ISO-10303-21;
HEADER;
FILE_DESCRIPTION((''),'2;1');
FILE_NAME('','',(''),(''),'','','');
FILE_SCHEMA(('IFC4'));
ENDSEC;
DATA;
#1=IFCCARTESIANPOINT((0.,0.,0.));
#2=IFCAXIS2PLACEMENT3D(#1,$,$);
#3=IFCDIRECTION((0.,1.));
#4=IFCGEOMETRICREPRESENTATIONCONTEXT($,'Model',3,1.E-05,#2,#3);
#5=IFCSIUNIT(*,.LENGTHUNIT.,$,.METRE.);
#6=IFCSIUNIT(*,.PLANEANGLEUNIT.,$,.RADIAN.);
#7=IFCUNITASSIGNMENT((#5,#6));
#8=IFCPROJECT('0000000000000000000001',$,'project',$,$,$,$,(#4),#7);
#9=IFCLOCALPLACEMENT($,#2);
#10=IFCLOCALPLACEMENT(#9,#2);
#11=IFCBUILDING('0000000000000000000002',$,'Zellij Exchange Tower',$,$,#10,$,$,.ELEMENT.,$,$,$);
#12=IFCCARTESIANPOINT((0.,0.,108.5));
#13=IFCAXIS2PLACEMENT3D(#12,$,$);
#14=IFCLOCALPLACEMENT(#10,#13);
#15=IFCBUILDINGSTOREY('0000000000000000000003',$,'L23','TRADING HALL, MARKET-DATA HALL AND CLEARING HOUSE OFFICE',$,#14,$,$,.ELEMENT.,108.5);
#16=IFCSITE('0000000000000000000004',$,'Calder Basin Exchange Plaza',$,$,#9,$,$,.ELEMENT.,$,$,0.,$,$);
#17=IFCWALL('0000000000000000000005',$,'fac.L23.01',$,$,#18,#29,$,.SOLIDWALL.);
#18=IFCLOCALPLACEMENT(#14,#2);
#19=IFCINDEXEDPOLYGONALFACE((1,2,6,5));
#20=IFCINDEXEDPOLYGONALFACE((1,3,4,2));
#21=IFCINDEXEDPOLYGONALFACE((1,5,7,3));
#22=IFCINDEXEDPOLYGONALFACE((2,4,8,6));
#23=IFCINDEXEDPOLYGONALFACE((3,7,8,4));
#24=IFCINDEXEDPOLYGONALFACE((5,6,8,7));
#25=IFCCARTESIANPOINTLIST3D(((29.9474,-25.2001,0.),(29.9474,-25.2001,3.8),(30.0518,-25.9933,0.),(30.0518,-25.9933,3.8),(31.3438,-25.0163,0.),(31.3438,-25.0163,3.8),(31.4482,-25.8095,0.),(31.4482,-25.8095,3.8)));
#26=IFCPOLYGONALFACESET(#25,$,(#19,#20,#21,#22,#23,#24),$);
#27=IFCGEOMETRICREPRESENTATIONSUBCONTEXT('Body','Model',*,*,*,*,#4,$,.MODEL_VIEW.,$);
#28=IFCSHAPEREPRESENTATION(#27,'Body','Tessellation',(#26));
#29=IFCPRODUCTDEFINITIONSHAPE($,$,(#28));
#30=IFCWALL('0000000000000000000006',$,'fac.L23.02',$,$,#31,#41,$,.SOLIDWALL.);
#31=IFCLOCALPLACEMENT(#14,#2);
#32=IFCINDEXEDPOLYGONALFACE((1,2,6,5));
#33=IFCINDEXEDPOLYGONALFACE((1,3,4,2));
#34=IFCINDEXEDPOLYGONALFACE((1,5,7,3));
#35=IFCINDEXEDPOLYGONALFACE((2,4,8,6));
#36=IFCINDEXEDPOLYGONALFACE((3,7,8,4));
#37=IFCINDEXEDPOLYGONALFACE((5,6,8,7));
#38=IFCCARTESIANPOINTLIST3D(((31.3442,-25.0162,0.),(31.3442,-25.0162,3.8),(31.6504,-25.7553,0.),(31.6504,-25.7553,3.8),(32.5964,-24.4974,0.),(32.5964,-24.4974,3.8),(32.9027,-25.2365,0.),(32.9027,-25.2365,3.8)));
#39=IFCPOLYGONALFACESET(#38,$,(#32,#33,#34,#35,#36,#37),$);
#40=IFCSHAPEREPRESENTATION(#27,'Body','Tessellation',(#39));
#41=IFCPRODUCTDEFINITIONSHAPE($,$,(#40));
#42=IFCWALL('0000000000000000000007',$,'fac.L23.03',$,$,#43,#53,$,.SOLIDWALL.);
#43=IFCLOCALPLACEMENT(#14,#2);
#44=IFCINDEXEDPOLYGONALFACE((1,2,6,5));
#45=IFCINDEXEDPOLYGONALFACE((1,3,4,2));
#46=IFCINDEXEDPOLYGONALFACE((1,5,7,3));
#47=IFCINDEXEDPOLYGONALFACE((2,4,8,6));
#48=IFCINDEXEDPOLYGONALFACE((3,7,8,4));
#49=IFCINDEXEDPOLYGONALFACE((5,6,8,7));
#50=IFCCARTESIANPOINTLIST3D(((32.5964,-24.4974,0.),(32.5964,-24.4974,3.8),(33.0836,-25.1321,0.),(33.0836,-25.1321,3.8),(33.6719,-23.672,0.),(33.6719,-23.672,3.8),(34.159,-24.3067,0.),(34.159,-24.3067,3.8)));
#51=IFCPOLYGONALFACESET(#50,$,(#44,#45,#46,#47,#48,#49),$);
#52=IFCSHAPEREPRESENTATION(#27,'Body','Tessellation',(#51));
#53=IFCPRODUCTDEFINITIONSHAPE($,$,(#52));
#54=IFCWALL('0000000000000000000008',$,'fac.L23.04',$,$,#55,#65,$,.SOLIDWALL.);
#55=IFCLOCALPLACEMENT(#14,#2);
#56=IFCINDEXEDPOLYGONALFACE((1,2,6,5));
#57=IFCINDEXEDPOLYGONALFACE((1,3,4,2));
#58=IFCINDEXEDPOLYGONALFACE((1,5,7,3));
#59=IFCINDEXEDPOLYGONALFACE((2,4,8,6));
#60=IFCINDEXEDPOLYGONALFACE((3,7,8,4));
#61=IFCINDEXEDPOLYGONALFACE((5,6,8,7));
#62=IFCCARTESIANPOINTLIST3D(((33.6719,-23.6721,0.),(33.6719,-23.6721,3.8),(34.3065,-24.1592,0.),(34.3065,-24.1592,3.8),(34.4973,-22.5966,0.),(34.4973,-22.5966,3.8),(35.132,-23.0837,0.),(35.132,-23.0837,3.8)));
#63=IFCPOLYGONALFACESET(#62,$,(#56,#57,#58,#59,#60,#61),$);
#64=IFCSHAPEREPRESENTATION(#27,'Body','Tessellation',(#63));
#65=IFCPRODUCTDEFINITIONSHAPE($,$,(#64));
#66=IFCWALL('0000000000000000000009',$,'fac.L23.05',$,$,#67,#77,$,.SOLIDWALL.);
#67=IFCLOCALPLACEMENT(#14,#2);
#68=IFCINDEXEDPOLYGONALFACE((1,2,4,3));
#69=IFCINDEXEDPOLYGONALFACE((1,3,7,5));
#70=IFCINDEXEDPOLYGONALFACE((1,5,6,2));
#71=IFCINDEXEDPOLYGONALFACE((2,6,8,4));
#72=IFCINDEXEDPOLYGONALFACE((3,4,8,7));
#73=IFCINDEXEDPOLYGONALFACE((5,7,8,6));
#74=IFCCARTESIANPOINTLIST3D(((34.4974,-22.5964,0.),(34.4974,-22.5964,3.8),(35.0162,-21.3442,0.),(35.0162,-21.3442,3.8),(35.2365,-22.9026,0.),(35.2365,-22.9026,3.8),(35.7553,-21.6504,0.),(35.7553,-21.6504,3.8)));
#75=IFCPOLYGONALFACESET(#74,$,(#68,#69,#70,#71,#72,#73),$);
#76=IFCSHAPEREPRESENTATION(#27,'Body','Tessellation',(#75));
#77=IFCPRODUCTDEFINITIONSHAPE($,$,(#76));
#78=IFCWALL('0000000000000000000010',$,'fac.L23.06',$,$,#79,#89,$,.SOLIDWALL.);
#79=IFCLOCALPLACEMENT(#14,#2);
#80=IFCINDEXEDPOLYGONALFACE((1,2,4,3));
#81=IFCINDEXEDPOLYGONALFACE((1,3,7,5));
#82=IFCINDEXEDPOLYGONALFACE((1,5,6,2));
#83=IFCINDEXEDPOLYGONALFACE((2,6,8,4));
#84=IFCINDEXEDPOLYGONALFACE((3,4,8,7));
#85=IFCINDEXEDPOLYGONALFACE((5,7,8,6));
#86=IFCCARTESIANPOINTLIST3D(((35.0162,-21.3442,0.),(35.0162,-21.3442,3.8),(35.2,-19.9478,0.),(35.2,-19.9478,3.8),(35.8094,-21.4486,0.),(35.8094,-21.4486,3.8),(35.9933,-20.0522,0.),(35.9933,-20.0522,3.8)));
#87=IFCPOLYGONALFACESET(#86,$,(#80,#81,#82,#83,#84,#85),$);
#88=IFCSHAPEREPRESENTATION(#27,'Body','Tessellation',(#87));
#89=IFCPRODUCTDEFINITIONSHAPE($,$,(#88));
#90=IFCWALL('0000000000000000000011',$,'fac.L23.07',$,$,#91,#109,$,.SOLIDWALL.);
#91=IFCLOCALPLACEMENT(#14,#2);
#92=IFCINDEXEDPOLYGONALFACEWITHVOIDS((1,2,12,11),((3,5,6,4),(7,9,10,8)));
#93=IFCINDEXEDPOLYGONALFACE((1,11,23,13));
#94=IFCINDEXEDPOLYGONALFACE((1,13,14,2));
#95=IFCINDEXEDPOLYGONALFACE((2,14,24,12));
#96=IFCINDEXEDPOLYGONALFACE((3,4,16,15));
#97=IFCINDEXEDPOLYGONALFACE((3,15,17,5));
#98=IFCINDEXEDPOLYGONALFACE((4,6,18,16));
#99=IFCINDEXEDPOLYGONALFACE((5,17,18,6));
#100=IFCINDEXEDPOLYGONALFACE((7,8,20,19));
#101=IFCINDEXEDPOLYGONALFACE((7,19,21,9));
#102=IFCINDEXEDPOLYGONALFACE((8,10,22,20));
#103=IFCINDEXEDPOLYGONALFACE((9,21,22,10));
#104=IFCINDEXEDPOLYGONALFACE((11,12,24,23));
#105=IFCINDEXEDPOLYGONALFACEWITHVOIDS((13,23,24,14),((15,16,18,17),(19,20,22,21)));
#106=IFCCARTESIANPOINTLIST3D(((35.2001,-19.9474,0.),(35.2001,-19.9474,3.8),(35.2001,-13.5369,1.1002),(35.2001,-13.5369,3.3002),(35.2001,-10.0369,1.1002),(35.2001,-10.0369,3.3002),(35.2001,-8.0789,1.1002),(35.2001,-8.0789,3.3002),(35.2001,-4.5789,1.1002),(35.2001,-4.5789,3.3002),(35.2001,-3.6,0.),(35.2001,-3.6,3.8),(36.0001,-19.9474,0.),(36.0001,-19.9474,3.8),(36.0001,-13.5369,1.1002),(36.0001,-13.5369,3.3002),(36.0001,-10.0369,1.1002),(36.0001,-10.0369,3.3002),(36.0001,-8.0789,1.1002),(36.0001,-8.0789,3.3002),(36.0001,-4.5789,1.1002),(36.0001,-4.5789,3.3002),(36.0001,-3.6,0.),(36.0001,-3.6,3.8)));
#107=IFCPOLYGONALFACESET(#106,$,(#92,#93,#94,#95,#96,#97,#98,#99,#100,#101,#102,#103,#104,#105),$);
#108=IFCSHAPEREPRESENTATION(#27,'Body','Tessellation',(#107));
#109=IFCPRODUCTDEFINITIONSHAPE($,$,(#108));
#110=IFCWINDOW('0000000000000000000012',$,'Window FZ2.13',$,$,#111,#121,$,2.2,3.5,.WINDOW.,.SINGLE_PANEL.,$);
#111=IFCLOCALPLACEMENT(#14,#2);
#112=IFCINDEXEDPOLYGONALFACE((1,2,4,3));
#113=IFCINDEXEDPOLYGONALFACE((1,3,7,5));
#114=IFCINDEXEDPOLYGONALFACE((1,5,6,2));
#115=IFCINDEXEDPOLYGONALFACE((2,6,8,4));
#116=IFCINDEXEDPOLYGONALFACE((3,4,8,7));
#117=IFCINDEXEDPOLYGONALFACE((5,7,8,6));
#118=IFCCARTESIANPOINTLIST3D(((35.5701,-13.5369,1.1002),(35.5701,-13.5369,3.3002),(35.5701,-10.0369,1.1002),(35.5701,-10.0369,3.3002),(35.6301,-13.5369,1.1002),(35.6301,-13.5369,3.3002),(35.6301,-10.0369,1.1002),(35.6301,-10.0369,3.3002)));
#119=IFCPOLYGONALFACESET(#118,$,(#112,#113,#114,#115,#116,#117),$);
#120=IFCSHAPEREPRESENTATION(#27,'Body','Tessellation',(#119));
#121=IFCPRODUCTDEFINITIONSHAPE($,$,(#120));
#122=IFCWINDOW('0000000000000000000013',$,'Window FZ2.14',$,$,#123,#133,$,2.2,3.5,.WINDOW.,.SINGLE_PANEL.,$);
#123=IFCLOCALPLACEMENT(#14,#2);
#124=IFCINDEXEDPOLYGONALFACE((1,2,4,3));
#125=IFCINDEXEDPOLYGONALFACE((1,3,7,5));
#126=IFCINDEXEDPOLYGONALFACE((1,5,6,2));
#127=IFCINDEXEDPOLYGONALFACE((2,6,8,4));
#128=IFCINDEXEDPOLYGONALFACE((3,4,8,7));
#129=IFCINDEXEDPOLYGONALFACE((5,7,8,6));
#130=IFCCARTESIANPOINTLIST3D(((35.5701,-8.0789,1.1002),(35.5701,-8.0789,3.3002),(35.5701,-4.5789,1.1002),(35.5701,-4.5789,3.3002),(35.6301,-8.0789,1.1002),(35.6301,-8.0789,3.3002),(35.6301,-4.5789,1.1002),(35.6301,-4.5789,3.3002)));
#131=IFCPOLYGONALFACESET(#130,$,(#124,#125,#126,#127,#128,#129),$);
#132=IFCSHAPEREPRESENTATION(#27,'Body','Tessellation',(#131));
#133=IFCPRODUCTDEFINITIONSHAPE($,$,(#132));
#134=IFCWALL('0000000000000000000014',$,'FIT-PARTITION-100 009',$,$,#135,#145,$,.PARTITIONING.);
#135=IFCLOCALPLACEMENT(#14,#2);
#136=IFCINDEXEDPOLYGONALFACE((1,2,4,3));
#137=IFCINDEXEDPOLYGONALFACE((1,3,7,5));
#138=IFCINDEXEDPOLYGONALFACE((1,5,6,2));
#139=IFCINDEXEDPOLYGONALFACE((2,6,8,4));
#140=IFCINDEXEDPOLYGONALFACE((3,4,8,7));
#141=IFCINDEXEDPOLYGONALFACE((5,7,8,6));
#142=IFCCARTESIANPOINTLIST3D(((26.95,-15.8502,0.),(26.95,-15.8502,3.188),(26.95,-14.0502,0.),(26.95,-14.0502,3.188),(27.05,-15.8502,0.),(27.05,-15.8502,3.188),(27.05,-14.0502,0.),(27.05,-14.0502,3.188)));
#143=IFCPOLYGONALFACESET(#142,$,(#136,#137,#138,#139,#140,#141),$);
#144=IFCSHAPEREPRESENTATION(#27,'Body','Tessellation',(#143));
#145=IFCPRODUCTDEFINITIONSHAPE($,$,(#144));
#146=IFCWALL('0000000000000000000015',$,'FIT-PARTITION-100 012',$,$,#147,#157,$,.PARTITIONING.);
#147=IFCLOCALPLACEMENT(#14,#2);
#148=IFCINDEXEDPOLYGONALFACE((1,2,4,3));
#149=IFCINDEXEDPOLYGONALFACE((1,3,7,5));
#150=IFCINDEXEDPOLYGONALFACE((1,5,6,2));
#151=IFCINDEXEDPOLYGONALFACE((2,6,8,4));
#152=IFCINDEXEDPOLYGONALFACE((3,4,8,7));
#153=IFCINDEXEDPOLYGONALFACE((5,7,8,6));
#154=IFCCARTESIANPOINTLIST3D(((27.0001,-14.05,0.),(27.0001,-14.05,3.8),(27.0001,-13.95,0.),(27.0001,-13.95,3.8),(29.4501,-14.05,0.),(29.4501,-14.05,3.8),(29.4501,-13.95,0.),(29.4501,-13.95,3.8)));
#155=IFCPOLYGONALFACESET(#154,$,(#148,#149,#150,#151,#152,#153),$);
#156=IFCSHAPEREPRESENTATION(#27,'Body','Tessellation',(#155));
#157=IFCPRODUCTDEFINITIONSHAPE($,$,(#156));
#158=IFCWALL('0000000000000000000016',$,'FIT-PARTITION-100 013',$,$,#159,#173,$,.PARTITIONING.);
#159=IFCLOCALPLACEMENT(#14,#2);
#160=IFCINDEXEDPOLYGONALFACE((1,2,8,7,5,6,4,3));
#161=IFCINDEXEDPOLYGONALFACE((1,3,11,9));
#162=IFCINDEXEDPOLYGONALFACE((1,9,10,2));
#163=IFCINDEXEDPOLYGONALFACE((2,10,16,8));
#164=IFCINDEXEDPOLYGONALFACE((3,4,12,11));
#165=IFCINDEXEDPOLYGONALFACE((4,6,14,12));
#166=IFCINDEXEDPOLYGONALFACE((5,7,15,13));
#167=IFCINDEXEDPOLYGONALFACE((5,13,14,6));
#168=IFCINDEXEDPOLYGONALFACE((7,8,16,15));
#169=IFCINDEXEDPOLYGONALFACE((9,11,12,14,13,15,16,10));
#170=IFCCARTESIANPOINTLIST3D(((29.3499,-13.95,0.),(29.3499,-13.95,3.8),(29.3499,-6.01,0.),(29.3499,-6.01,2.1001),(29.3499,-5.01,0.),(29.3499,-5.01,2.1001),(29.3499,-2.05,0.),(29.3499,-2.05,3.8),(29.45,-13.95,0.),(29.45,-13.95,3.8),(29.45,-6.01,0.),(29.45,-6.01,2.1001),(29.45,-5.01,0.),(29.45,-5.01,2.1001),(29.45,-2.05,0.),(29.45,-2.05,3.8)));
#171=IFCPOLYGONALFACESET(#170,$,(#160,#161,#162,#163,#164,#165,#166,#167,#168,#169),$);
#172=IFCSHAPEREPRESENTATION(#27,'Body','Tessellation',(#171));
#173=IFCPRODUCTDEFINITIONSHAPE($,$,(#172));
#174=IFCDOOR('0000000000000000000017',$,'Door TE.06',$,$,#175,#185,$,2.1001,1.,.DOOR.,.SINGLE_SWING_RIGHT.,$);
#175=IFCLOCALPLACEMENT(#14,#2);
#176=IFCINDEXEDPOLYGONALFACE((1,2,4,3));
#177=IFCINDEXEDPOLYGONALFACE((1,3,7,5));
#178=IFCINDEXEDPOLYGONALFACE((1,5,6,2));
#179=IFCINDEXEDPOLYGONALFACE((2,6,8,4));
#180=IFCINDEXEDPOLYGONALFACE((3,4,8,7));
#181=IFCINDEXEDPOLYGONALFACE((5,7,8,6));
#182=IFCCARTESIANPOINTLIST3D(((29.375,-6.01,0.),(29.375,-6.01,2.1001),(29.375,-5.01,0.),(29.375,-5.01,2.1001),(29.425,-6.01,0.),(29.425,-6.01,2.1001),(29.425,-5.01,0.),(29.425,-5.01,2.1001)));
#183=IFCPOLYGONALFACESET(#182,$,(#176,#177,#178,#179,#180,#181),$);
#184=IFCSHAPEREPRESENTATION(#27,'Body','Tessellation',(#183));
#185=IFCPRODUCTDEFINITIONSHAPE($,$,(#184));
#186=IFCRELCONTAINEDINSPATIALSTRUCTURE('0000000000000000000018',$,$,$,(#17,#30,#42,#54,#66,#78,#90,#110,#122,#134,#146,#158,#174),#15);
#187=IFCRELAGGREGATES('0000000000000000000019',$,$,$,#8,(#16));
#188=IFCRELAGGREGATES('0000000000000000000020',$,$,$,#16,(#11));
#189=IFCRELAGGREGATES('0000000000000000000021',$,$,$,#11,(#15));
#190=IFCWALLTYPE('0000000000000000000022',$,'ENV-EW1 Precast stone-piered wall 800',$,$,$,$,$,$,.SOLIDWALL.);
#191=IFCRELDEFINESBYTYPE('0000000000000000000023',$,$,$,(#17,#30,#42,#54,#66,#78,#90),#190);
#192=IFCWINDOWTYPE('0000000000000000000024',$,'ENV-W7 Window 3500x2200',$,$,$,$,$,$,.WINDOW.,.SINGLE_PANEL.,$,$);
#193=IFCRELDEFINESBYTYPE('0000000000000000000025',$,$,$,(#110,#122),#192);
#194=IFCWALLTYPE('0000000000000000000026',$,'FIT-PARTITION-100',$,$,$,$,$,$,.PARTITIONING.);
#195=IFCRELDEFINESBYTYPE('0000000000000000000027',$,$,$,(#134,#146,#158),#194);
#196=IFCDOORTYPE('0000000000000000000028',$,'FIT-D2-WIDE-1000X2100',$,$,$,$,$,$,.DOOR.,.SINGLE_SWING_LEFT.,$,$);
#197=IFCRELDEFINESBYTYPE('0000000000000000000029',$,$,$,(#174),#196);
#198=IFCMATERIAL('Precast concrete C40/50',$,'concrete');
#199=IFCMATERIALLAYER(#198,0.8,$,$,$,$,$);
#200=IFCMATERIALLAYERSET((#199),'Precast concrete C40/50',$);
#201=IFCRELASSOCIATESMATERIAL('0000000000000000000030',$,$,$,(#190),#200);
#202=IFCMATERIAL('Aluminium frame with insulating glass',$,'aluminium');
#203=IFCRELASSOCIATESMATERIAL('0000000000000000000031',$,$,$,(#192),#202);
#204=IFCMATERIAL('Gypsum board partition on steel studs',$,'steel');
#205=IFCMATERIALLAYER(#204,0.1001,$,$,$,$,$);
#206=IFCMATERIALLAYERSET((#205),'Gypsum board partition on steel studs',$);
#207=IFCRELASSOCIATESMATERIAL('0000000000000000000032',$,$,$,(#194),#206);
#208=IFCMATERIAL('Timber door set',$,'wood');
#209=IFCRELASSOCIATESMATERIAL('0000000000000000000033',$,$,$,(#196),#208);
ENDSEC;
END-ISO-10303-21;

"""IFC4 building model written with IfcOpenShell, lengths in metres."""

from ifc_helpers import new_model, si_unit, direction, frame, frame_2d, origin, place, context, subcontext, project, spatial, rectangle, extrude, material, layer, layer_set, type_object, element, fill, save


model = new_model("IFC4")

# Units and contexts
model_context = context("Model", 3, precision=1e-05, world=origin(), true_north=direction((0.0, 1.0)))
body_context = subcontext(model_context, "Body", "Model", "MODEL_VIEW")
ifc_project = project(units=[si_unit("LENGTHUNIT", "METRE"), si_unit("PLANEANGLEUNIT", "RADIAN")], contexts=[model_context])

# Site, building, storey
site_placement = place(None, origin())
site = spatial("IfcSite", under=ifc_project, at=site_placement, Name="Calder Basin Exchange Plaza", CompositionType="ELEMENT", RefElevation=0.0)
building_placement = place(site_placement, origin())
building = spatial("IfcBuilding", under=site, at=building_placement, Name="Zellij Exchange Tower", CompositionType="ELEMENT")
storey_placement = place(building_placement, frame((0.0, 0.0, 108.5)))
storey = spatial("IfcBuildingStorey", under=building, at=storey_placement, Name="L23", Description="TRADING HALL, MARKET-DATA HALL AND CLEARING HOUSE OFFICE", CompositionType="ELEMENT", Elevation=108.5)

# Walls
ifc_material_1 = material(Name="Precast concrete C40/50", Category="concrete")
ifc_layer_1 = layer(ifc_material_1, 0.8)
ifc_layer_set_1 = layer_set([ifc_layer_1], Name="Precast concrete C40/50")
wall_type_1 = type_object("IfcWallType", Name="ENV-EW1 Precast stone-piered wall 800", PredefinedType="SOLIDWALL", material=ifc_layer_set_1)
wall_1_placement = place(storey_placement, frame((29.9998, -25.5967, 0.0), z_axis=(0.0, 0.0, 1.0), x_axis=(0.991446, 0.130517, 0.0)))
element("IfcWall", 1, at=wall_1_placement, inside=storey, type_object=wall_type_1, Name="fac.L23.01", PredefinedType="SOLIDWALL", context=body_context, shape_type="SweptSolid", body=[
    extrude(rectangle(XDim=1.4084, YDim=0.8, at=frame_2d((0.7041, 0.0))), origin(), (0.0, 0.0, 1.0), 3.8),
])
wall_2_placement = place(storey_placement, frame((31.4973, -25.3857, 0.0), z_axis=(0.0, 0.0, 1.0), x_axis=(0.923848, 0.38276, 0.0)))
element("IfcWall", 2, at=wall_2_placement, inside=storey, type_object=wall_type_1, Name="fac.L23.02", PredefinedType="SOLIDWALL", context=body_context, shape_type="SweptSolid", body=[
    extrude(rectangle(XDim=1.3555, YDim=0.8, at=frame_2d((0.6777, 0.0))), origin(), (0.0, 0.0, 1.0), 3.8),
])
for number, where, z_axis, x_axis, name in (
    (3, (32.8401, -24.8147, 0.0), (0.0, 0.0, 1.0), (0.793273, 0.608866, 0.0), "fac.L23.03"),
    (4, (33.9893, -23.9155, 0.0), (0.0, 0.0, 1.0), (0.608866, 0.793273, 0.0), "fac.L23.04"),
):
    element("IfcWall", number, at=place(storey_placement, frame(where, z_axis=z_axis, x_axis=x_axis)), inside=storey, type_object=wall_type_1, Name=name, PredefinedType="SOLIDWALL", context=body_context, shape_type="SweptSolid", body=[
        extrude(rectangle(XDim=1.3557, YDim=0.8, at=frame_2d((0.6777, 0.0))), origin(), (0.0, 0.0, 1.0), 3.8),
    ])
wall_3_placement = place(storey_placement, frame((34.8669, -22.7495, 0.0), z_axis=(0.0, 0.0, 1.0), x_axis=(0.38276, 0.923848, 0.0)))
element("IfcWall", 5, at=wall_3_placement, inside=storey, type_object=wall_type_1, Name="fac.L23.05", PredefinedType="SOLIDWALL", context=body_context, shape_type="SweptSolid", body=[
    extrude(rectangle(XDim=1.3555, YDim=0.8, at=frame_2d((0.6777, 0.0))), origin(), (0.0, 0.0, 1.0), 3.8),
])
wall_4_placement = place(storey_placement, frame((35.4128, -21.3962, 0.0), z_axis=(0.0, 0.0, 1.0), x_axis=(0.130517, 0.991446, 0.0)))
element("IfcWall", 6, at=wall_4_placement, inside=storey, type_object=wall_type_1, Name="fac.L23.06", PredefinedType="SOLIDWALL", context=body_context, shape_type="SweptSolid", body=[
    extrude(rectangle(XDim=1.4084, YDim=0.8, at=frame_2d((0.7041, 0.0))), origin(), (0.0, 0.0, 1.0), 3.8),
])

# Wall, openings, windows
wall_5_placement = place(storey_placement, frame((35.6001, -19.9475, 0.0), z_axis=(0.0, 0.0, 1.0), x_axis=(0.0, 1.0, 0.0)))
wall_5 = element("IfcWall", 7, at=wall_5_placement, inside=storey, type_object=wall_type_1, Name="fac.L23.07", PredefinedType="SOLIDWALL", context=body_context, shape_type="SweptSolid", body=[
    extrude(rectangle(XDim=16.3474, YDim=0.8, at=frame_2d((8.1738, 0.0))), origin(), (0.0, 0.0, 1.0), 3.8),
])
opening_1_placement = place(wall_5_placement, frame((6.4106, 0.0, 1.1001)))
opening_1 = element("IfcOpeningElement", 8, at=opening_1_placement, cuts=wall_5, PredefinedType="OPENING", context=body_context, shape_type="SweptSolid", body=[
    extrude(rectangle(XDim=3.5, YDim=2.2, at=frame_2d((1.75, 1.1001))), frame((0.0, 0.4121, 0.0), z_axis=(0.0, -1.0, 0.0), x_axis=(1.0, 0.0, 0.0)), (0.0, 0.0, 1.0), 0.824),
])
opening_2_placement = place(wall_5_placement, frame((11.8687, 0.0, 1.1001)))
opening_2 = element("IfcOpeningElement", 9, at=opening_2_placement, cuts=wall_5, PredefinedType="OPENING", context=body_context, shape_type="SweptSolid", body=[
    extrude(rectangle(XDim=3.5, YDim=2.2, at=frame_2d((1.75, 1.1001))), frame((0.0, 0.4121, 0.0), z_axis=(0.0, -1.0, 0.0), x_axis=(1.0, 0.0, 0.0)), (0.0, 0.0, 1.0), 0.824),
])
ifc_material_2 = material(Name="Aluminium frame with insulating glass", Category="aluminium")
window_type = type_object("IfcWindowType", Name="ENV-W7 Window 3500x2200", PartitioningType="SINGLE_PANEL", PredefinedType="WINDOW", material=ifc_material_2)
window_1_placement = place(opening_1_placement, origin())
window_1 = element("IfcWindow", 10, at=window_1_placement, inside=storey, type_object=window_type, Name="Window FZ2.13", OverallHeight=2.2, OverallWidth=3.5, PartitioningType="SINGLE_PANEL", PredefinedType="WINDOW", context=body_context, shape_type="SweptSolid", body=[
    extrude(rectangle(XDim=3.5, YDim=2.2, at=frame_2d((1.75, 1.1001))), frame((0.0, 0.03, 0.0), z_axis=(0.0, -1.0, 0.0), x_axis=(1.0, 0.0, 0.0)), (0.0, 0.0, 1.0), 0.0601),
])
fill(opening_1, window_1)
window_2_placement = place(opening_2_placement, origin())
window_2 = element("IfcWindow", 11, at=window_2_placement, inside=storey, type_object=window_type, Name="Window FZ2.14", OverallHeight=2.2, OverallWidth=3.5, PartitioningType="SINGLE_PANEL", PredefinedType="WINDOW", context=body_context, shape_type="SweptSolid", body=[
    extrude(rectangle(XDim=3.5, YDim=2.2, at=frame_2d((1.75, 1.1001))), frame((0.0, 0.03, 0.0), z_axis=(0.0, -1.0, 0.0), x_axis=(1.0, 0.0, 0.0)), (0.0, 0.0, 1.0), 0.0601),
])
fill(opening_2, window_2)

# Walls
ifc_material_3 = material(Name="Gypsum board partition on steel studs", Category="steel")
ifc_layer_2 = layer(ifc_material_3, 0.1001)
ifc_layer_set_2 = layer_set([ifc_layer_2], Name="Gypsum board partition on steel studs")
wall_type_2 = type_object("IfcWallType", Name="FIT-PARTITION-100", PredefinedType="PARTITIONING", material=ifc_layer_set_2)
wall_6_placement = place(storey_placement, frame((27.0, -15.8501, 0.0), z_axis=(0.0, 0.0, 1.0), x_axis=(0.0, 1.0, 0.0)))
element("IfcWall", 12, at=wall_6_placement, inside=storey, type_object=wall_type_2, Name="FIT-PARTITION-100 009", PredefinedType="PARTITIONING", context=body_context, shape_type="SweptSolid", body=[
    extrude(rectangle(XDim=1.8, YDim=0.1001, at=frame_2d((0.8999, 0.0))), origin(), (0.0, 0.0, 1.0), 3.188),
])
wall_7_placement = place(storey_placement, frame((27.0, -14.0, 0.0), z_axis=(0.0, 0.0, 1.0), x_axis=(1.0, 0.0, 0.0)))
element("IfcWall", 13, at=wall_7_placement, inside=storey, type_object=wall_type_2, Name="FIT-PARTITION-100 012", PredefinedType="PARTITIONING", context=body_context, shape_type="SweptSolid", body=[
    extrude(rectangle(XDim=2.45, YDim=0.1001, at=frame_2d((1.2251, 0.0))), origin(), (0.0, 0.0, 1.0), 3.8),
])

# Wall, opening, door
wall_8_placement = place(storey_placement, frame((29.3999, -13.95, 0.0), z_axis=(0.0, 0.0, 1.0), x_axis=(0.0, 1.0, 0.0)))
wall_8 = element("IfcWall", 14, at=wall_8_placement, inside=storey, type_object=wall_type_2, Name="FIT-PARTITION-100 013", PredefinedType="PARTITIONING", context=body_context, shape_type="SweptSolid", body=[
    extrude(rectangle(XDim=11.8999, YDim=0.1001, at=frame_2d((5.95, 0.0))), origin(), (0.0, 0.0, 1.0), 3.8),
])
opening_3_placement = place(wall_8_placement, frame((7.9399, 0.0, 0.0)))
opening_3 = element("IfcOpeningElement", 15, at=opening_3_placement, cuts=wall_8, PredefinedType="OPENING", context=body_context, shape_type="SweptSolid", body=[
    extrude(rectangle(XDim=1.0, YDim=2.1001, at=frame_2d((0.5, 1.05))), frame((0.0, 0.062, 0.0), z_axis=(0.0, -1.0, 0.0), x_axis=(1.0, 0.0, 0.0)), (0.0, 0.0, 1.0), 0.124),
])
ifc_material_4 = material(Name="Timber door set", Category="wood")
door_type = type_object("IfcDoorType", Name="FIT-D2-WIDE-1000X2100", OperationType="SINGLE_SWING_LEFT", PredefinedType="DOOR", material=ifc_material_4)
door_placement = place(opening_3_placement, origin())
door = element("IfcDoor", 16, at=door_placement, inside=storey, type_object=door_type, Name="Door TE.06", OperationType="SINGLE_SWING_RIGHT", OverallHeight=2.1001, OverallWidth=1.0, PredefinedType="DOOR", context=body_context, shape_type="SweptSolid", body=[
    extrude(rectangle(XDim=1.0, YDim=2.1001, at=frame_2d((0.5, 1.05))), frame((0.0, 0.0249, 0.0), z_axis=(0.0, -1.0, 0.0), x_axis=(1.0, 0.0, 0.0)), (0.0, 0.0, 1.0), 0.05),
])
fill(opening_3, door)

save(model, "model.ifc")
